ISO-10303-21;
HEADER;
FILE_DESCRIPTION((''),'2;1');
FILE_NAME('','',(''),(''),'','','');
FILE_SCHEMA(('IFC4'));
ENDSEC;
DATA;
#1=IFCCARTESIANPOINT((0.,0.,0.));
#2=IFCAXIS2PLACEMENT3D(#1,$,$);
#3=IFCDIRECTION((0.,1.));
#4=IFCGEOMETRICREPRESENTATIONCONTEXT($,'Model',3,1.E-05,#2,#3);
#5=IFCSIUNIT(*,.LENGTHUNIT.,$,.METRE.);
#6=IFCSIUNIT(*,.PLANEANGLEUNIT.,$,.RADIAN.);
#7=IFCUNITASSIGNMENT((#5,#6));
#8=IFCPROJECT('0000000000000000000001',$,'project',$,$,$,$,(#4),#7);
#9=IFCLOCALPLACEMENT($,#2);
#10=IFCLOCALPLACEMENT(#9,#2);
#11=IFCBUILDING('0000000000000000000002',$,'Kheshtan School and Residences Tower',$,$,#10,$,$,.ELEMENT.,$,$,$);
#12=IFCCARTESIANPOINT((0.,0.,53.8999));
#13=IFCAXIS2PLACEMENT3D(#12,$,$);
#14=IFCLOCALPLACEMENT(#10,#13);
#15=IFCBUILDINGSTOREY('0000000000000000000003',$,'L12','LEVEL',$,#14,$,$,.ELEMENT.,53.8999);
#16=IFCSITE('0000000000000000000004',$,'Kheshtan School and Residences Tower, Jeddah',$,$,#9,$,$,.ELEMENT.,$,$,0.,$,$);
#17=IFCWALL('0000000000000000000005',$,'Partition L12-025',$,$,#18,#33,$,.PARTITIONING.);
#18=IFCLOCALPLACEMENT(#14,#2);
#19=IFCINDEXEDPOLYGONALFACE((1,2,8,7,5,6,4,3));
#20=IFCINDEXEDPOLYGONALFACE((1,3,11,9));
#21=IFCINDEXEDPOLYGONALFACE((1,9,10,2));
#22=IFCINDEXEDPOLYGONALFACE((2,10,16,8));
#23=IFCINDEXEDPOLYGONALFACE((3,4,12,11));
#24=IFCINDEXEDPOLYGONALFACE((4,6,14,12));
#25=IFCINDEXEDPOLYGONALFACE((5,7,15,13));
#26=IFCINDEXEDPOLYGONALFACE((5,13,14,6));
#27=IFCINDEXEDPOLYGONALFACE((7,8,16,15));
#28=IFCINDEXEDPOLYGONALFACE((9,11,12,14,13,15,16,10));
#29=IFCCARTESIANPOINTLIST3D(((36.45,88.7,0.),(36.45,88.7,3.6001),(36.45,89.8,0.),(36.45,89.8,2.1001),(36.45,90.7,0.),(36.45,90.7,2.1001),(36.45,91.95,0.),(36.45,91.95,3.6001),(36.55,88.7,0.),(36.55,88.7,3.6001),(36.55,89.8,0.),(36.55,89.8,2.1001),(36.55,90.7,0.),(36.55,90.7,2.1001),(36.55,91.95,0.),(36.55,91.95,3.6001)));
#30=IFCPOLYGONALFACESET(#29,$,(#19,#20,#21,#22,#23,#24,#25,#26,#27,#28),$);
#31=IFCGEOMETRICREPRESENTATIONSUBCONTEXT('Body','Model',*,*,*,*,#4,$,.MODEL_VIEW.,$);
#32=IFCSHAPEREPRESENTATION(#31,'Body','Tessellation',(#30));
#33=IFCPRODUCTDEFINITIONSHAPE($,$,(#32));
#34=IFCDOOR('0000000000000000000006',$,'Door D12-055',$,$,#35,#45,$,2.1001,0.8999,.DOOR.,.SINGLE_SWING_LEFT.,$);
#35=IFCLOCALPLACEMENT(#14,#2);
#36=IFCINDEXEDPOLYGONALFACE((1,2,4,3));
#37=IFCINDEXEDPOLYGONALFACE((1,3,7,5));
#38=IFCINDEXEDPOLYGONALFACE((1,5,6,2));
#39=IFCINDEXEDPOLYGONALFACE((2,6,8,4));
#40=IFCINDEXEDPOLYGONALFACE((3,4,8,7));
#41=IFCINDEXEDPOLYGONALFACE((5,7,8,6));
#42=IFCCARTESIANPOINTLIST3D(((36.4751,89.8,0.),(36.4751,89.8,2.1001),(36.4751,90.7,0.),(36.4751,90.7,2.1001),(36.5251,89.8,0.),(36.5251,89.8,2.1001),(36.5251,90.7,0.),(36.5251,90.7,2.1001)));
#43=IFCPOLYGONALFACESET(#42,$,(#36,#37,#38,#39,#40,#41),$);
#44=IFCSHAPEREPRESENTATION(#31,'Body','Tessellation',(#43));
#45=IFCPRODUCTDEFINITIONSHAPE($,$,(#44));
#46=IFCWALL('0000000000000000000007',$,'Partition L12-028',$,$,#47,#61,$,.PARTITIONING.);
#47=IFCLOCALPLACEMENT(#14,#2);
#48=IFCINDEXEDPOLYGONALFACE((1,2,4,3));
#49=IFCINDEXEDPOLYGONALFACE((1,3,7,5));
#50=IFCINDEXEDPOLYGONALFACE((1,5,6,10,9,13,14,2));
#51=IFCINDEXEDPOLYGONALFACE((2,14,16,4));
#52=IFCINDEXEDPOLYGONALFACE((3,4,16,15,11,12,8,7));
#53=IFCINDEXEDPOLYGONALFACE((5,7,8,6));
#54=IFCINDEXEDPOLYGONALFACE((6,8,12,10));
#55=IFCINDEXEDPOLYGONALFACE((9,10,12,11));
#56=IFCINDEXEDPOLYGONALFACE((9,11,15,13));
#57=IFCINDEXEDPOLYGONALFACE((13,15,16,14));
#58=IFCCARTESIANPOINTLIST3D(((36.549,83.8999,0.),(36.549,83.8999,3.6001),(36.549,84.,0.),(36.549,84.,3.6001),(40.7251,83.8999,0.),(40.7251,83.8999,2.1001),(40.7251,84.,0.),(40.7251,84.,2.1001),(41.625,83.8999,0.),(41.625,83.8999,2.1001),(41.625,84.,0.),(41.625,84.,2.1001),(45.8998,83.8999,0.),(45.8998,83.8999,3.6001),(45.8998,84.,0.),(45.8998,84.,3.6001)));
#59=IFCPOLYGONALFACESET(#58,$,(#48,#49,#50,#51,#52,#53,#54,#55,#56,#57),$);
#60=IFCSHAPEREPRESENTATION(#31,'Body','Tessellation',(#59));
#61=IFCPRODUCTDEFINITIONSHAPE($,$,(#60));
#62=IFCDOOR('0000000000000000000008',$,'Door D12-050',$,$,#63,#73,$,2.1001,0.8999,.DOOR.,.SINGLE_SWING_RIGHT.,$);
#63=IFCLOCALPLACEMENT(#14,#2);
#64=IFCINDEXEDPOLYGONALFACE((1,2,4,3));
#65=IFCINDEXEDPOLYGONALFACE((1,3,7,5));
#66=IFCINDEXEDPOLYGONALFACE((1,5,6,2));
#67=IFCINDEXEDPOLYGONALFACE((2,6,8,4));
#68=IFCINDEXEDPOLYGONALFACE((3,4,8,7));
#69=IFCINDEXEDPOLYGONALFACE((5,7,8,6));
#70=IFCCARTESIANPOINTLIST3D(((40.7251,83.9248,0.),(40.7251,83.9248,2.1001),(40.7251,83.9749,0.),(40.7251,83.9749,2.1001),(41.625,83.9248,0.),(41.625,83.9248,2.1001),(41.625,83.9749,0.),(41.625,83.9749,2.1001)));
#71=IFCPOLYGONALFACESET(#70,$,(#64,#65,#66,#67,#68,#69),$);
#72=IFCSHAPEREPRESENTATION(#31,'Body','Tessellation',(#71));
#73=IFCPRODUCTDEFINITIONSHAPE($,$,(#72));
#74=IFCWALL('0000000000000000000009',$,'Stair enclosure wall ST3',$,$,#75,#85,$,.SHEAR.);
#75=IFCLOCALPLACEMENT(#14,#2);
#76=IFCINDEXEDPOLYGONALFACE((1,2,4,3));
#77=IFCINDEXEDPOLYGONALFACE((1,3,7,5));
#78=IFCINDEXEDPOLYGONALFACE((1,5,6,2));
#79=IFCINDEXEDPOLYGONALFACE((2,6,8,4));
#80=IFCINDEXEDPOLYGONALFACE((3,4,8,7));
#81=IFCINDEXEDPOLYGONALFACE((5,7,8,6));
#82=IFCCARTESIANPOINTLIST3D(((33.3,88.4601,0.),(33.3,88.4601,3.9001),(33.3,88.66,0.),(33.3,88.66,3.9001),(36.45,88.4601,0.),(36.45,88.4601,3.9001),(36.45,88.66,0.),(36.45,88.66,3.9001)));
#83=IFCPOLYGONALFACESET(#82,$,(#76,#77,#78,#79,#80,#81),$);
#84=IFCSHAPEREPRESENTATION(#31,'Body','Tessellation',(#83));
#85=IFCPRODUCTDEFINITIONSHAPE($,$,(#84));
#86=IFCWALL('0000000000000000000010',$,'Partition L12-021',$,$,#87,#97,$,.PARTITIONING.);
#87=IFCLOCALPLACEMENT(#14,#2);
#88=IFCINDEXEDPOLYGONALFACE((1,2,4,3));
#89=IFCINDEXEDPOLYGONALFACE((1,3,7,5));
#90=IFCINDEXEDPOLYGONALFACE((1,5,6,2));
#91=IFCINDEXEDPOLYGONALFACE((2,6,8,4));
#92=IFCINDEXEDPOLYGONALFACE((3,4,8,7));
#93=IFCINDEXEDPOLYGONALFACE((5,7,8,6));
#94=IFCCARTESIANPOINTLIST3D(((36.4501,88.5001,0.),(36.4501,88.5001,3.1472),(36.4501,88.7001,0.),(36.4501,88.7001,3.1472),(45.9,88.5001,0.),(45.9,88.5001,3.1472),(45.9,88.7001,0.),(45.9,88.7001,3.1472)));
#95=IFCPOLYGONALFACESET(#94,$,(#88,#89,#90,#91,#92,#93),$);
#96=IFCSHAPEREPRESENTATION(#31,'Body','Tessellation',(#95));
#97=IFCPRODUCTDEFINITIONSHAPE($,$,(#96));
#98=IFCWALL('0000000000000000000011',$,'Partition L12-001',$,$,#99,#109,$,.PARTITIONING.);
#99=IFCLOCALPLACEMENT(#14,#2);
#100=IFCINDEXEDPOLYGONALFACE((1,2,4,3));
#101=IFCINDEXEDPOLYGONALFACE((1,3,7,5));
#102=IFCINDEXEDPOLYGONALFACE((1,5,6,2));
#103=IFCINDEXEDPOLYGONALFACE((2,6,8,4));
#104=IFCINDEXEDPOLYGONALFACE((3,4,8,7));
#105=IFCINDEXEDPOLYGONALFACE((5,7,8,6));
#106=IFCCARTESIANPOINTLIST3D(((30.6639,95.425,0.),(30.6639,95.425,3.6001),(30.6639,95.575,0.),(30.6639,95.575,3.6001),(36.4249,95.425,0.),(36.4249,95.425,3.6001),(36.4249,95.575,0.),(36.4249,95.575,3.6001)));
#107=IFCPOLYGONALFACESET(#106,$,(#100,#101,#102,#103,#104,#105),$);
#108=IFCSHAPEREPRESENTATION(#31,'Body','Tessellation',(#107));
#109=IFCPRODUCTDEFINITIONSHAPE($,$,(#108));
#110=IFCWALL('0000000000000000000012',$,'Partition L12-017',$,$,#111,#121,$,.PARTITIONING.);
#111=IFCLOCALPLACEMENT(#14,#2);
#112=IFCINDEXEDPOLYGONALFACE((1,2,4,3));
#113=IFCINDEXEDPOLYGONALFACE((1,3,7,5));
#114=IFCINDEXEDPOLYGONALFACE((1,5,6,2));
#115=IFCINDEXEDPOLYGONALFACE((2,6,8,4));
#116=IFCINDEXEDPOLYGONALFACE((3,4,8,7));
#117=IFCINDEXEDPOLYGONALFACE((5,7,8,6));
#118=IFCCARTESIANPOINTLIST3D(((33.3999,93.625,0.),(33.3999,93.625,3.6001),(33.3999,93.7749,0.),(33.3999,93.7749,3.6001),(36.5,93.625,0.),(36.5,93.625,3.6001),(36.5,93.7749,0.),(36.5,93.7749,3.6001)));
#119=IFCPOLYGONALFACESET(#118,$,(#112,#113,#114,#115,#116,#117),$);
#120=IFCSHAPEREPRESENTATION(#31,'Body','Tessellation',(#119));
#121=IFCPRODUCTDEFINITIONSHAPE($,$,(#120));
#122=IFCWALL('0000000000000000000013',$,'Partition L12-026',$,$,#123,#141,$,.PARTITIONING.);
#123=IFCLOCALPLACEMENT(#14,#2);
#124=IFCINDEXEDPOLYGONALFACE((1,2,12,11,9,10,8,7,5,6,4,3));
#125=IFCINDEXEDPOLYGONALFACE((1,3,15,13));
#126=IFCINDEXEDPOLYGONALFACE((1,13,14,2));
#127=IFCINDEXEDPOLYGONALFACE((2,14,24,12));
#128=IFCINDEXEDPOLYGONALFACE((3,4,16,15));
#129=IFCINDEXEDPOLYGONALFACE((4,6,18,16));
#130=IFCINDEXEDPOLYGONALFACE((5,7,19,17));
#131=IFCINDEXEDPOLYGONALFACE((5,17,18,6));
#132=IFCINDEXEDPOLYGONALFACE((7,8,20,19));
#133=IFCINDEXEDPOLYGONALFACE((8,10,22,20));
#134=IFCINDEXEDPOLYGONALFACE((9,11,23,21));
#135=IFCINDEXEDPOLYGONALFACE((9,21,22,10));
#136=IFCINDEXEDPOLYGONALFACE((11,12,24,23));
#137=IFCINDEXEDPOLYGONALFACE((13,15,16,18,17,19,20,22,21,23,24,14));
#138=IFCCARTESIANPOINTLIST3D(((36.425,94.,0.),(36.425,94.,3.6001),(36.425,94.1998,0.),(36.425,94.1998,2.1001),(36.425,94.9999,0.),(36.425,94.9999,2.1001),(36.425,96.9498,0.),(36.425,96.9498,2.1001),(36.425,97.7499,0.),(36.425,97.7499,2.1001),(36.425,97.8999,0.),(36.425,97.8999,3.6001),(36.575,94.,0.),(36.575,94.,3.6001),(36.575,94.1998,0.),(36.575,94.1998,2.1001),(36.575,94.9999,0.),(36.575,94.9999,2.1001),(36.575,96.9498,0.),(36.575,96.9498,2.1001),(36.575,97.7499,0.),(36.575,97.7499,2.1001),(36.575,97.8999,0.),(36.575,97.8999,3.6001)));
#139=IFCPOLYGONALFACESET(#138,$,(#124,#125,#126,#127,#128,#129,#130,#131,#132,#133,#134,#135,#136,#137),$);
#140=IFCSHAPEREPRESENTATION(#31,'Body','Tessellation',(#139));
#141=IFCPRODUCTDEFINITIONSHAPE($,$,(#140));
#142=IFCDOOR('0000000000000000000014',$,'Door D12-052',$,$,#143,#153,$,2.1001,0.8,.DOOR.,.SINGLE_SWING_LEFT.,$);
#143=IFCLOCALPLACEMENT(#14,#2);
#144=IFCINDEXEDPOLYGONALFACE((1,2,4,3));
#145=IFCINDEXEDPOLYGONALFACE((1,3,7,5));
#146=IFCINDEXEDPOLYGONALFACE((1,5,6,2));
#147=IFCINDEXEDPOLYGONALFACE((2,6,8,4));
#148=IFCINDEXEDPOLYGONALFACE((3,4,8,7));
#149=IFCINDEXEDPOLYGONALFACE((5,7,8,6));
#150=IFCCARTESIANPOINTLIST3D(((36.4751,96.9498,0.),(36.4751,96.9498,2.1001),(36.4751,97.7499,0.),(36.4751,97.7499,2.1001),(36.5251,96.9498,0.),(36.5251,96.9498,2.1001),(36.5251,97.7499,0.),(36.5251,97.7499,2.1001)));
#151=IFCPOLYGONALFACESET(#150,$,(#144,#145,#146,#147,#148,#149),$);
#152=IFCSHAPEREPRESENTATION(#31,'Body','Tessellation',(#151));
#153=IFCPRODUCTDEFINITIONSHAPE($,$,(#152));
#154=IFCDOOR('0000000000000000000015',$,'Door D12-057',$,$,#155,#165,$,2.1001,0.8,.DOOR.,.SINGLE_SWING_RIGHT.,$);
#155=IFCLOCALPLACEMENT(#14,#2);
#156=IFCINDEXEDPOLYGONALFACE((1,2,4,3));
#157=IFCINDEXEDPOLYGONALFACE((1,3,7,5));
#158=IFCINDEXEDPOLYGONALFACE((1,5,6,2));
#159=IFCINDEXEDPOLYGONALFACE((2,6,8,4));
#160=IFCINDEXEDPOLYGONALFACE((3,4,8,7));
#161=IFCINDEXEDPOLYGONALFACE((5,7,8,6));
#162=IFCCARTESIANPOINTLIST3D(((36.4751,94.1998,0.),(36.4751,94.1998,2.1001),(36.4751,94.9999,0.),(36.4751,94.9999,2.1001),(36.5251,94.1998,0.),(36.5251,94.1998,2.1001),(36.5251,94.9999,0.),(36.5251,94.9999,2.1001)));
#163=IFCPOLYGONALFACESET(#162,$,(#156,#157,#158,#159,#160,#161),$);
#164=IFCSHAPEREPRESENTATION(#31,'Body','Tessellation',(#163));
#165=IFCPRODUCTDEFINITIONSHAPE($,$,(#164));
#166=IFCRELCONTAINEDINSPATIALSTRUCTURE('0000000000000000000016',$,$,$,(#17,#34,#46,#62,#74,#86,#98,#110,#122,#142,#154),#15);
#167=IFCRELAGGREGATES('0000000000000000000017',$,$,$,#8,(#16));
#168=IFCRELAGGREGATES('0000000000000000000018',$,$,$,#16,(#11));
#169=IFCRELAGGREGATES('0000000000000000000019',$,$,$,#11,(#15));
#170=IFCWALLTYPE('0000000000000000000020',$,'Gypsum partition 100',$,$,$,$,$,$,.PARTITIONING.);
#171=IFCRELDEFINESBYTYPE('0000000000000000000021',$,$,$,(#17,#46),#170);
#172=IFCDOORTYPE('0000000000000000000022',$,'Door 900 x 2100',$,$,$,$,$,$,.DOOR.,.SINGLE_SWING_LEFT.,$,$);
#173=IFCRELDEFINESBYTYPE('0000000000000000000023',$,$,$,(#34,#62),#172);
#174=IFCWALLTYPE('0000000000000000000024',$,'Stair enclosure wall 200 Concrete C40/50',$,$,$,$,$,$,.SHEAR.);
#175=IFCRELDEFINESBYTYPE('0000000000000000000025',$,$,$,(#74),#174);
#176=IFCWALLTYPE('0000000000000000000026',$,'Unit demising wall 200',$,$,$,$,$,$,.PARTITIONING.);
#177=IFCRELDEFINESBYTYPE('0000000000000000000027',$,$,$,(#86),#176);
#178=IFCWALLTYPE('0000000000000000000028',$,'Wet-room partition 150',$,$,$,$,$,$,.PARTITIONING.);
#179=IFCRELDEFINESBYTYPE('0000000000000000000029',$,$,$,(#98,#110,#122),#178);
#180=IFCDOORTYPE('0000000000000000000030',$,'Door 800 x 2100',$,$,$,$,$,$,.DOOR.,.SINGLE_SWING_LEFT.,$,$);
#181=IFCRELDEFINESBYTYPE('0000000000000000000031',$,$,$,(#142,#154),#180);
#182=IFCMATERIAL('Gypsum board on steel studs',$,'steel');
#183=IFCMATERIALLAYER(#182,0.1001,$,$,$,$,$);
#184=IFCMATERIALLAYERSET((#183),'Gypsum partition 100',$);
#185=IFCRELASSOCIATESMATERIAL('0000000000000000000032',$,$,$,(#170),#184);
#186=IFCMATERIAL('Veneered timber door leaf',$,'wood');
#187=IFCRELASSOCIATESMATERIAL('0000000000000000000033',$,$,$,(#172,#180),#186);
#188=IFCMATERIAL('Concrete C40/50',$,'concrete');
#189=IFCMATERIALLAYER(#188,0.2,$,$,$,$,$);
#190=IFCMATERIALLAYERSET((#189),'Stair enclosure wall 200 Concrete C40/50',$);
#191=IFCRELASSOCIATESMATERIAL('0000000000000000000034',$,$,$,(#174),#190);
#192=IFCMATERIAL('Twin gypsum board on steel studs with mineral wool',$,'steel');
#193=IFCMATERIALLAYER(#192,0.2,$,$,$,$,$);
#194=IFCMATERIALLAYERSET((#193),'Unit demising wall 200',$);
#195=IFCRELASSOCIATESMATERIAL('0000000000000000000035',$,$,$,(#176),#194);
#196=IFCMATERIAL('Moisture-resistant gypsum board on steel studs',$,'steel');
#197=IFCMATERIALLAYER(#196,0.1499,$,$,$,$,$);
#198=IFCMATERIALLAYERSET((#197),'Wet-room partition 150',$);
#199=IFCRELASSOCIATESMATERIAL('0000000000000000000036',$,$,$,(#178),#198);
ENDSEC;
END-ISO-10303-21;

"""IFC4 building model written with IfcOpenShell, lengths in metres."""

from ifc_helpers import new_model, si_unit, direction, frame, frame_2d, origin, place, context, subcontext, project, spatial, rectangle, extrude, source, transform, mapped, material, layer, layer_set, type_object, element, fill, save


model = new_model("IFC4")

# Units and contexts
model_context = context("Model", 3, precision=1e-05, world=origin(), true_north=direction((0.0, 1.0)))
body_context = subcontext(model_context, "Body", "Model", "MODEL_VIEW")
ifc_project = project(units=[si_unit("LENGTHUNIT", "METRE"), si_unit("PLANEANGLEUNIT", "RADIAN")], contexts=[model_context])

# Site, building, storey
site_placement = place(None, origin())
site = spatial("IfcSite", under=ifc_project, at=site_placement, Name="Kheshtan School and Residences Tower, Jeddah", CompositionType="ELEMENT", RefElevation=0.0)
building_placement = place(site_placement, origin())
building = spatial("IfcBuilding", under=site, at=building_placement, Name="Kheshtan School and Residences Tower", CompositionType="ELEMENT")
storey_placement = place(building_placement, frame((0.0, 0.0, 53.8999)))
storey = spatial("IfcBuildingStorey", under=building, at=storey_placement, Name="L12", Description="LEVEL", CompositionType="ELEMENT", Elevation=53.8999)

# Shared definitions
ifc_material_1 = material(Name="Gypsum board on steel studs", Category="steel")
ifc_layer_1 = layer(ifc_material_1, 0.1001)
ifc_layer_set_1 = layer_set([ifc_layer_1], Name="Gypsum partition 100")
wall_type_1 = type_object("IfcWallType", Name="Gypsum partition 100", PredefinedType="PARTITIONING", material=ifc_layer_set_1)

# Walls, openings, doors
wall_1_placement = place(storey_placement, frame((36.5, 88.7, 0.0), z_axis=(0.0, 0.0, 1.0), x_axis=(0.0, 1.0, 0.0)))
wall_1 = element("IfcWall", 1, at=wall_1_placement, inside=storey, type_object=wall_type_1, Name="Partition L12-025", PredefinedType="PARTITIONING", context=body_context, shape_type="SweptSolid", body=[
    extrude(rectangle(XDim=3.25, YDim=0.1001, at=frame_2d((1.625, 0.0))), origin(), (0.0, 0.0, 1.0), 3.6001),
])
opening_1_placement = place(wall_1_placement, frame((1.1001, 0.0, 0.0)))
opening_1 = element("IfcOpeningElement", 2, at=opening_1_placement, cuts=wall_1, PredefinedType="OPENING", context=body_context, shape_type="SweptSolid", body=[
    extrude(rectangle(XDim=0.8999, YDim=2.1001, at=frame_2d((0.45, 1.05))), frame((0.0, 0.0601, 0.0), z_axis=(0.0, -1.0, 0.0), x_axis=(1.0, 0.0, 0.0)), (0.0, 0.0, 1.0), 0.1201),
])
ifc_material_2 = material(Name="Veneered timber door leaf", Category="wood")
door_type_1 = type_object("IfcDoorType", Name="Door 900 x 2100", OperationType="SINGLE_SWING_LEFT", PredefinedType="DOOR", material=ifc_material_2)
shared_shape_1 = source(origin(), body_context, "Body", "SweptSolid", [
    extrude(rectangle(XDim=0.8999, YDim=2.1001, at=frame_2d((0.45, 1.05))), frame((0.0, 0.0249, 0.0), z_axis=(0.0, -1.0, 0.0), x_axis=(1.0, 0.0, 0.0)), (0.0, 0.0, 1.0), 0.05),
])
door_1_placement = place(opening_1_placement, origin())
door_1 = element("IfcDoor", 3, at=door_1_placement, inside=storey, type_object=door_type_1, Name="Door D12-055", OperationType="SINGLE_SWING_LEFT", OverallHeight=2.1001, OverallWidth=0.8999, PredefinedType="DOOR", context=body_context, shape_type="MappedRepresentation", body=[
    mapped(shared_shape_1, transform((0.0, 0.0, 0.0), x_axis=(1.0, 0.0, 0.0), y_axis=(0.0, 1.0, 0.0), z_axis=(0.0, 0.0, 1.0), scale=1.0)),
])
fill(opening_1, door_1)
wall_2_placement = place(storey_placement, frame((36.5491, 83.95, 0.0), z_axis=(0.0, 0.0, 1.0), x_axis=(1.0, 0.0, 0.0)))
wall_2 = element("IfcWall", 4, at=wall_2_placement, inside=storey, type_object=wall_type_1, Name="Partition L12-028", PredefinedType="PARTITIONING", context=body_context, shape_type="SweptSolid", body=[
    extrude(rectangle(XDim=9.3508, YDim=0.1001, at=frame_2d((4.6753, 0.0))), origin(), (0.0, 0.0, 1.0), 3.6001),
])
opening_2_placement = place(wall_2_placement, frame((4.176, 0.0, 0.0)))
opening_2 = element("IfcOpeningElement", 5, at=opening_2_placement, cuts=wall_2, PredefinedType="OPENING", context=body_context, shape_type="SweptSolid", body=[
    extrude(rectangle(XDim=0.8999, YDim=2.1001, at=frame_2d((0.45, 1.05))), frame((0.0, 0.0601, 0.0), z_axis=(0.0, -1.0, 0.0), x_axis=(1.0, 0.0, 0.0)), (0.0, 0.0, 1.0), 0.1201),
])
door_2_placement = place(opening_2_placement, origin())
door_2 = element("IfcDoor", 6, at=door_2_placement, inside=storey, type_object=door_type_1, Name="Door D12-050", OperationType="SINGLE_SWING_RIGHT", OverallHeight=2.1001, OverallWidth=0.8999, PredefinedType="DOOR", context=body_context, shape_type="MappedRepresentation", body=[
    mapped(shared_shape_1, transform((0.0, 0.0, 0.0), x_axis=(1.0, 0.0, 0.0), y_axis=(0.0, 1.0, 0.0), z_axis=(0.0, 0.0, 1.0), scale=1.0)),
])
fill(opening_2, door_2)

# Walls
ifc_material_3 = material(Name="Concrete C40/50", Category="concrete")
ifc_layer_2 = layer(ifc_material_3, 0.2)
ifc_layer_set_2 = layer_set([ifc_layer_2], Name="Stair enclosure wall 200 Concrete C40/50")
wall_type_2 = type_object("IfcWallType", Name="Stair enclosure wall 200 Concrete C40/50", PredefinedType="SHEAR", material=ifc_layer_set_2)
wall_3_placement = place(storey_placement, frame((33.3, 88.5601, 0.0), z_axis=(0.0, 0.0, 1.0), x_axis=(1.0, 0.0, 0.0)))
element("IfcWall", 7, at=wall_3_placement, inside=storey, type_object=wall_type_2, Name="Stair enclosure wall ST3", PredefinedType="SHEAR", context=body_context, shape_type="SweptSolid", body=[
    extrude(rectangle(XDim=3.1499, YDim=0.2, at=frame_2d((1.575, 0.0))), origin(), (0.0, 0.0, 1.0), 3.9001),
])
ifc_material_4 = material(Name="Twin gypsum board on steel studs with mineral wool", Category="steel")
ifc_layer_3 = layer(ifc_material_4, 0.2)
ifc_layer_set_3 = layer_set([ifc_layer_3], Name="Unit demising wall 200")
wall_type_3 = type_object("IfcWallType", Name="Unit demising wall 200", PredefinedType="PARTITIONING", material=ifc_layer_set_3)
wall_4_placement = place(storey_placement, frame((36.45, 88.6001, 0.0), z_axis=(0.0, 0.0, 1.0), x_axis=(1.0, 0.0, 0.0)))
element("IfcWall", 8, at=wall_4_placement, inside=storey, type_object=wall_type_3, Name="Partition L12-021", PredefinedType="PARTITIONING", context=body_context, shape_type="SweptSolid", body=[
    extrude(rectangle(XDim=9.45, YDim=0.2, at=frame_2d((4.7251, 0.0))), origin(), (0.0, 0.0, 1.0), 3.1472),
])
ifc_material_5 = material(Name="Moisture-resistant gypsum board on steel studs", Category="steel")
ifc_layer_4 = layer(ifc_material_5, 0.1499)
ifc_layer_set_4 = layer_set([ifc_layer_4], Name="Wet-room partition 150")
wall_type_4 = type_object("IfcWallType", Name="Wet-room partition 150", PredefinedType="PARTITIONING", material=ifc_layer_set_4)
wall_5_placement = place(storey_placement, frame((30.6641, 95.5, 0.0), z_axis=(0.0, 0.0, 1.0), x_axis=(1.0, 0.0, 0.0)))
element("IfcWall", 9, at=wall_5_placement, inside=storey, type_object=wall_type_4, Name="Partition L12-001", PredefinedType="PARTITIONING", context=body_context, shape_type="SweptSolid", body=[
    extrude(rectangle(XDim=5.761, YDim=0.1499, at=frame_2d((2.8804, 0.0))), origin(), (0.0, 0.0, 1.0), 3.6001),
])
wall_6_placement = place(storey_placement, frame((33.3999, 93.7, 0.0), z_axis=(0.0, 0.0, 1.0), x_axis=(1.0, 0.0, 0.0)))
element("IfcWall", 10, at=wall_6_placement, inside=storey, type_object=wall_type_4, Name="Partition L12-017", PredefinedType="PARTITIONING", context=body_context, shape_type="SweptSolid", body=[
    extrude(rectangle(XDim=3.1001, YDim=0.1499, at=frame_2d((1.55, 0.0))), origin(), (0.0, 0.0, 1.0), 3.6001),
])

# Wall, openings, doors
wall_7_placement = place(storey_placement, frame((36.5, 94.0, 0.0), z_axis=(0.0, 0.0, 1.0), x_axis=(0.0, 1.0, 0.0)))
wall_7 = element("IfcWall", 11, at=wall_7_placement, inside=storey, type_object=wall_type_4, Name="Partition L12-026", PredefinedType="PARTITIONING", context=body_context, shape_type="SweptSolid", body=[
    extrude(rectangle(XDim=3.8999, YDim=0.1499, at=frame_2d((1.95, 0.0))), origin(), (0.0, 0.0, 1.0), 3.6001),
])
opening_3_placement = place(wall_7_placement, frame((2.95, 0.0, 0.0)))
opening_3 = element("IfcOpeningElement", 12, at=opening_3_placement, cuts=wall_7, PredefinedType="OPENING", context=body_context, shape_type="SweptSolid", body=[
    extrude(rectangle(XDim=0.8, YDim=2.1001, at=frame_2d((0.3999, 1.05))), frame((0.0, 0.085, 0.0), z_axis=(0.0, -1.0, 0.0), x_axis=(1.0, 0.0, 0.0)), (0.0, 0.0, 1.0), 0.1699),
])
opening_4_placement = place(wall_7_placement, frame((0.2, 0.0, 0.0)))
opening_4 = element("IfcOpeningElement", 13, at=opening_4_placement, cuts=wall_7, PredefinedType="OPENING", context=body_context, shape_type="SweptSolid", body=[
    extrude(rectangle(XDim=0.8, YDim=2.1001, at=frame_2d((0.3999, 1.05))), frame((0.0, 0.085, 0.0), z_axis=(0.0, -1.0, 0.0), x_axis=(1.0, 0.0, 0.0)), (0.0, 0.0, 1.0), 0.1699),
])
door_type_2 = type_object("IfcDoorType", Name="Door 800 x 2100", OperationType="SINGLE_SWING_LEFT", PredefinedType="DOOR", material=ifc_material_2)
shared_shape_2 = source(origin(), body_context, "Body", "SweptSolid", [
    extrude(rectangle(XDim=0.8, YDim=2.1001, at=frame_2d((0.3999, 1.05))), frame((0.0, 0.0249, 0.0), z_axis=(0.0, -1.0, 0.0), x_axis=(1.0, 0.0, 0.0)), (0.0, 0.0, 1.0), 0.05),
])
door_3_placement = place(opening_3_placement, origin())
door_3 = element("IfcDoor", 14, at=door_3_placement, inside=storey, type_object=door_type_2, Name="Door D12-052", OperationType="SINGLE_SWING_LEFT", OverallHeight=2.1001, OverallWidth=0.8, PredefinedType="DOOR", context=body_context, shape_type="MappedRepresentation", body=[
    mapped(shared_shape_2, transform((0.0, 0.0, 0.0), x_axis=(1.0, 0.0, 0.0), y_axis=(0.0, 1.0, 0.0), z_axis=(0.0, 0.0, 1.0), scale=1.0)),
])
fill(opening_3, door_3)
door_4_placement = place(opening_4_placement, origin())
door_4 = element("IfcDoor", 15, at=door_4_placement, inside=storey, type_object=door_type_2, Name="Door D12-057", OperationType="SINGLE_SWING_RIGHT", OverallHeight=2.1001, OverallWidth=0.8, PredefinedType="DOOR", context=body_context, shape_type="MappedRepresentation", body=[
    mapped(shared_shape_2, transform((0.0, 0.0, 0.0), x_axis=(1.0, 0.0, 0.0), y_axis=(0.0, 1.0, 0.0), z_axis=(0.0, 0.0, 1.0), scale=1.0)),
])
fill(opening_4, door_4)

save(model, "model.ifc")
